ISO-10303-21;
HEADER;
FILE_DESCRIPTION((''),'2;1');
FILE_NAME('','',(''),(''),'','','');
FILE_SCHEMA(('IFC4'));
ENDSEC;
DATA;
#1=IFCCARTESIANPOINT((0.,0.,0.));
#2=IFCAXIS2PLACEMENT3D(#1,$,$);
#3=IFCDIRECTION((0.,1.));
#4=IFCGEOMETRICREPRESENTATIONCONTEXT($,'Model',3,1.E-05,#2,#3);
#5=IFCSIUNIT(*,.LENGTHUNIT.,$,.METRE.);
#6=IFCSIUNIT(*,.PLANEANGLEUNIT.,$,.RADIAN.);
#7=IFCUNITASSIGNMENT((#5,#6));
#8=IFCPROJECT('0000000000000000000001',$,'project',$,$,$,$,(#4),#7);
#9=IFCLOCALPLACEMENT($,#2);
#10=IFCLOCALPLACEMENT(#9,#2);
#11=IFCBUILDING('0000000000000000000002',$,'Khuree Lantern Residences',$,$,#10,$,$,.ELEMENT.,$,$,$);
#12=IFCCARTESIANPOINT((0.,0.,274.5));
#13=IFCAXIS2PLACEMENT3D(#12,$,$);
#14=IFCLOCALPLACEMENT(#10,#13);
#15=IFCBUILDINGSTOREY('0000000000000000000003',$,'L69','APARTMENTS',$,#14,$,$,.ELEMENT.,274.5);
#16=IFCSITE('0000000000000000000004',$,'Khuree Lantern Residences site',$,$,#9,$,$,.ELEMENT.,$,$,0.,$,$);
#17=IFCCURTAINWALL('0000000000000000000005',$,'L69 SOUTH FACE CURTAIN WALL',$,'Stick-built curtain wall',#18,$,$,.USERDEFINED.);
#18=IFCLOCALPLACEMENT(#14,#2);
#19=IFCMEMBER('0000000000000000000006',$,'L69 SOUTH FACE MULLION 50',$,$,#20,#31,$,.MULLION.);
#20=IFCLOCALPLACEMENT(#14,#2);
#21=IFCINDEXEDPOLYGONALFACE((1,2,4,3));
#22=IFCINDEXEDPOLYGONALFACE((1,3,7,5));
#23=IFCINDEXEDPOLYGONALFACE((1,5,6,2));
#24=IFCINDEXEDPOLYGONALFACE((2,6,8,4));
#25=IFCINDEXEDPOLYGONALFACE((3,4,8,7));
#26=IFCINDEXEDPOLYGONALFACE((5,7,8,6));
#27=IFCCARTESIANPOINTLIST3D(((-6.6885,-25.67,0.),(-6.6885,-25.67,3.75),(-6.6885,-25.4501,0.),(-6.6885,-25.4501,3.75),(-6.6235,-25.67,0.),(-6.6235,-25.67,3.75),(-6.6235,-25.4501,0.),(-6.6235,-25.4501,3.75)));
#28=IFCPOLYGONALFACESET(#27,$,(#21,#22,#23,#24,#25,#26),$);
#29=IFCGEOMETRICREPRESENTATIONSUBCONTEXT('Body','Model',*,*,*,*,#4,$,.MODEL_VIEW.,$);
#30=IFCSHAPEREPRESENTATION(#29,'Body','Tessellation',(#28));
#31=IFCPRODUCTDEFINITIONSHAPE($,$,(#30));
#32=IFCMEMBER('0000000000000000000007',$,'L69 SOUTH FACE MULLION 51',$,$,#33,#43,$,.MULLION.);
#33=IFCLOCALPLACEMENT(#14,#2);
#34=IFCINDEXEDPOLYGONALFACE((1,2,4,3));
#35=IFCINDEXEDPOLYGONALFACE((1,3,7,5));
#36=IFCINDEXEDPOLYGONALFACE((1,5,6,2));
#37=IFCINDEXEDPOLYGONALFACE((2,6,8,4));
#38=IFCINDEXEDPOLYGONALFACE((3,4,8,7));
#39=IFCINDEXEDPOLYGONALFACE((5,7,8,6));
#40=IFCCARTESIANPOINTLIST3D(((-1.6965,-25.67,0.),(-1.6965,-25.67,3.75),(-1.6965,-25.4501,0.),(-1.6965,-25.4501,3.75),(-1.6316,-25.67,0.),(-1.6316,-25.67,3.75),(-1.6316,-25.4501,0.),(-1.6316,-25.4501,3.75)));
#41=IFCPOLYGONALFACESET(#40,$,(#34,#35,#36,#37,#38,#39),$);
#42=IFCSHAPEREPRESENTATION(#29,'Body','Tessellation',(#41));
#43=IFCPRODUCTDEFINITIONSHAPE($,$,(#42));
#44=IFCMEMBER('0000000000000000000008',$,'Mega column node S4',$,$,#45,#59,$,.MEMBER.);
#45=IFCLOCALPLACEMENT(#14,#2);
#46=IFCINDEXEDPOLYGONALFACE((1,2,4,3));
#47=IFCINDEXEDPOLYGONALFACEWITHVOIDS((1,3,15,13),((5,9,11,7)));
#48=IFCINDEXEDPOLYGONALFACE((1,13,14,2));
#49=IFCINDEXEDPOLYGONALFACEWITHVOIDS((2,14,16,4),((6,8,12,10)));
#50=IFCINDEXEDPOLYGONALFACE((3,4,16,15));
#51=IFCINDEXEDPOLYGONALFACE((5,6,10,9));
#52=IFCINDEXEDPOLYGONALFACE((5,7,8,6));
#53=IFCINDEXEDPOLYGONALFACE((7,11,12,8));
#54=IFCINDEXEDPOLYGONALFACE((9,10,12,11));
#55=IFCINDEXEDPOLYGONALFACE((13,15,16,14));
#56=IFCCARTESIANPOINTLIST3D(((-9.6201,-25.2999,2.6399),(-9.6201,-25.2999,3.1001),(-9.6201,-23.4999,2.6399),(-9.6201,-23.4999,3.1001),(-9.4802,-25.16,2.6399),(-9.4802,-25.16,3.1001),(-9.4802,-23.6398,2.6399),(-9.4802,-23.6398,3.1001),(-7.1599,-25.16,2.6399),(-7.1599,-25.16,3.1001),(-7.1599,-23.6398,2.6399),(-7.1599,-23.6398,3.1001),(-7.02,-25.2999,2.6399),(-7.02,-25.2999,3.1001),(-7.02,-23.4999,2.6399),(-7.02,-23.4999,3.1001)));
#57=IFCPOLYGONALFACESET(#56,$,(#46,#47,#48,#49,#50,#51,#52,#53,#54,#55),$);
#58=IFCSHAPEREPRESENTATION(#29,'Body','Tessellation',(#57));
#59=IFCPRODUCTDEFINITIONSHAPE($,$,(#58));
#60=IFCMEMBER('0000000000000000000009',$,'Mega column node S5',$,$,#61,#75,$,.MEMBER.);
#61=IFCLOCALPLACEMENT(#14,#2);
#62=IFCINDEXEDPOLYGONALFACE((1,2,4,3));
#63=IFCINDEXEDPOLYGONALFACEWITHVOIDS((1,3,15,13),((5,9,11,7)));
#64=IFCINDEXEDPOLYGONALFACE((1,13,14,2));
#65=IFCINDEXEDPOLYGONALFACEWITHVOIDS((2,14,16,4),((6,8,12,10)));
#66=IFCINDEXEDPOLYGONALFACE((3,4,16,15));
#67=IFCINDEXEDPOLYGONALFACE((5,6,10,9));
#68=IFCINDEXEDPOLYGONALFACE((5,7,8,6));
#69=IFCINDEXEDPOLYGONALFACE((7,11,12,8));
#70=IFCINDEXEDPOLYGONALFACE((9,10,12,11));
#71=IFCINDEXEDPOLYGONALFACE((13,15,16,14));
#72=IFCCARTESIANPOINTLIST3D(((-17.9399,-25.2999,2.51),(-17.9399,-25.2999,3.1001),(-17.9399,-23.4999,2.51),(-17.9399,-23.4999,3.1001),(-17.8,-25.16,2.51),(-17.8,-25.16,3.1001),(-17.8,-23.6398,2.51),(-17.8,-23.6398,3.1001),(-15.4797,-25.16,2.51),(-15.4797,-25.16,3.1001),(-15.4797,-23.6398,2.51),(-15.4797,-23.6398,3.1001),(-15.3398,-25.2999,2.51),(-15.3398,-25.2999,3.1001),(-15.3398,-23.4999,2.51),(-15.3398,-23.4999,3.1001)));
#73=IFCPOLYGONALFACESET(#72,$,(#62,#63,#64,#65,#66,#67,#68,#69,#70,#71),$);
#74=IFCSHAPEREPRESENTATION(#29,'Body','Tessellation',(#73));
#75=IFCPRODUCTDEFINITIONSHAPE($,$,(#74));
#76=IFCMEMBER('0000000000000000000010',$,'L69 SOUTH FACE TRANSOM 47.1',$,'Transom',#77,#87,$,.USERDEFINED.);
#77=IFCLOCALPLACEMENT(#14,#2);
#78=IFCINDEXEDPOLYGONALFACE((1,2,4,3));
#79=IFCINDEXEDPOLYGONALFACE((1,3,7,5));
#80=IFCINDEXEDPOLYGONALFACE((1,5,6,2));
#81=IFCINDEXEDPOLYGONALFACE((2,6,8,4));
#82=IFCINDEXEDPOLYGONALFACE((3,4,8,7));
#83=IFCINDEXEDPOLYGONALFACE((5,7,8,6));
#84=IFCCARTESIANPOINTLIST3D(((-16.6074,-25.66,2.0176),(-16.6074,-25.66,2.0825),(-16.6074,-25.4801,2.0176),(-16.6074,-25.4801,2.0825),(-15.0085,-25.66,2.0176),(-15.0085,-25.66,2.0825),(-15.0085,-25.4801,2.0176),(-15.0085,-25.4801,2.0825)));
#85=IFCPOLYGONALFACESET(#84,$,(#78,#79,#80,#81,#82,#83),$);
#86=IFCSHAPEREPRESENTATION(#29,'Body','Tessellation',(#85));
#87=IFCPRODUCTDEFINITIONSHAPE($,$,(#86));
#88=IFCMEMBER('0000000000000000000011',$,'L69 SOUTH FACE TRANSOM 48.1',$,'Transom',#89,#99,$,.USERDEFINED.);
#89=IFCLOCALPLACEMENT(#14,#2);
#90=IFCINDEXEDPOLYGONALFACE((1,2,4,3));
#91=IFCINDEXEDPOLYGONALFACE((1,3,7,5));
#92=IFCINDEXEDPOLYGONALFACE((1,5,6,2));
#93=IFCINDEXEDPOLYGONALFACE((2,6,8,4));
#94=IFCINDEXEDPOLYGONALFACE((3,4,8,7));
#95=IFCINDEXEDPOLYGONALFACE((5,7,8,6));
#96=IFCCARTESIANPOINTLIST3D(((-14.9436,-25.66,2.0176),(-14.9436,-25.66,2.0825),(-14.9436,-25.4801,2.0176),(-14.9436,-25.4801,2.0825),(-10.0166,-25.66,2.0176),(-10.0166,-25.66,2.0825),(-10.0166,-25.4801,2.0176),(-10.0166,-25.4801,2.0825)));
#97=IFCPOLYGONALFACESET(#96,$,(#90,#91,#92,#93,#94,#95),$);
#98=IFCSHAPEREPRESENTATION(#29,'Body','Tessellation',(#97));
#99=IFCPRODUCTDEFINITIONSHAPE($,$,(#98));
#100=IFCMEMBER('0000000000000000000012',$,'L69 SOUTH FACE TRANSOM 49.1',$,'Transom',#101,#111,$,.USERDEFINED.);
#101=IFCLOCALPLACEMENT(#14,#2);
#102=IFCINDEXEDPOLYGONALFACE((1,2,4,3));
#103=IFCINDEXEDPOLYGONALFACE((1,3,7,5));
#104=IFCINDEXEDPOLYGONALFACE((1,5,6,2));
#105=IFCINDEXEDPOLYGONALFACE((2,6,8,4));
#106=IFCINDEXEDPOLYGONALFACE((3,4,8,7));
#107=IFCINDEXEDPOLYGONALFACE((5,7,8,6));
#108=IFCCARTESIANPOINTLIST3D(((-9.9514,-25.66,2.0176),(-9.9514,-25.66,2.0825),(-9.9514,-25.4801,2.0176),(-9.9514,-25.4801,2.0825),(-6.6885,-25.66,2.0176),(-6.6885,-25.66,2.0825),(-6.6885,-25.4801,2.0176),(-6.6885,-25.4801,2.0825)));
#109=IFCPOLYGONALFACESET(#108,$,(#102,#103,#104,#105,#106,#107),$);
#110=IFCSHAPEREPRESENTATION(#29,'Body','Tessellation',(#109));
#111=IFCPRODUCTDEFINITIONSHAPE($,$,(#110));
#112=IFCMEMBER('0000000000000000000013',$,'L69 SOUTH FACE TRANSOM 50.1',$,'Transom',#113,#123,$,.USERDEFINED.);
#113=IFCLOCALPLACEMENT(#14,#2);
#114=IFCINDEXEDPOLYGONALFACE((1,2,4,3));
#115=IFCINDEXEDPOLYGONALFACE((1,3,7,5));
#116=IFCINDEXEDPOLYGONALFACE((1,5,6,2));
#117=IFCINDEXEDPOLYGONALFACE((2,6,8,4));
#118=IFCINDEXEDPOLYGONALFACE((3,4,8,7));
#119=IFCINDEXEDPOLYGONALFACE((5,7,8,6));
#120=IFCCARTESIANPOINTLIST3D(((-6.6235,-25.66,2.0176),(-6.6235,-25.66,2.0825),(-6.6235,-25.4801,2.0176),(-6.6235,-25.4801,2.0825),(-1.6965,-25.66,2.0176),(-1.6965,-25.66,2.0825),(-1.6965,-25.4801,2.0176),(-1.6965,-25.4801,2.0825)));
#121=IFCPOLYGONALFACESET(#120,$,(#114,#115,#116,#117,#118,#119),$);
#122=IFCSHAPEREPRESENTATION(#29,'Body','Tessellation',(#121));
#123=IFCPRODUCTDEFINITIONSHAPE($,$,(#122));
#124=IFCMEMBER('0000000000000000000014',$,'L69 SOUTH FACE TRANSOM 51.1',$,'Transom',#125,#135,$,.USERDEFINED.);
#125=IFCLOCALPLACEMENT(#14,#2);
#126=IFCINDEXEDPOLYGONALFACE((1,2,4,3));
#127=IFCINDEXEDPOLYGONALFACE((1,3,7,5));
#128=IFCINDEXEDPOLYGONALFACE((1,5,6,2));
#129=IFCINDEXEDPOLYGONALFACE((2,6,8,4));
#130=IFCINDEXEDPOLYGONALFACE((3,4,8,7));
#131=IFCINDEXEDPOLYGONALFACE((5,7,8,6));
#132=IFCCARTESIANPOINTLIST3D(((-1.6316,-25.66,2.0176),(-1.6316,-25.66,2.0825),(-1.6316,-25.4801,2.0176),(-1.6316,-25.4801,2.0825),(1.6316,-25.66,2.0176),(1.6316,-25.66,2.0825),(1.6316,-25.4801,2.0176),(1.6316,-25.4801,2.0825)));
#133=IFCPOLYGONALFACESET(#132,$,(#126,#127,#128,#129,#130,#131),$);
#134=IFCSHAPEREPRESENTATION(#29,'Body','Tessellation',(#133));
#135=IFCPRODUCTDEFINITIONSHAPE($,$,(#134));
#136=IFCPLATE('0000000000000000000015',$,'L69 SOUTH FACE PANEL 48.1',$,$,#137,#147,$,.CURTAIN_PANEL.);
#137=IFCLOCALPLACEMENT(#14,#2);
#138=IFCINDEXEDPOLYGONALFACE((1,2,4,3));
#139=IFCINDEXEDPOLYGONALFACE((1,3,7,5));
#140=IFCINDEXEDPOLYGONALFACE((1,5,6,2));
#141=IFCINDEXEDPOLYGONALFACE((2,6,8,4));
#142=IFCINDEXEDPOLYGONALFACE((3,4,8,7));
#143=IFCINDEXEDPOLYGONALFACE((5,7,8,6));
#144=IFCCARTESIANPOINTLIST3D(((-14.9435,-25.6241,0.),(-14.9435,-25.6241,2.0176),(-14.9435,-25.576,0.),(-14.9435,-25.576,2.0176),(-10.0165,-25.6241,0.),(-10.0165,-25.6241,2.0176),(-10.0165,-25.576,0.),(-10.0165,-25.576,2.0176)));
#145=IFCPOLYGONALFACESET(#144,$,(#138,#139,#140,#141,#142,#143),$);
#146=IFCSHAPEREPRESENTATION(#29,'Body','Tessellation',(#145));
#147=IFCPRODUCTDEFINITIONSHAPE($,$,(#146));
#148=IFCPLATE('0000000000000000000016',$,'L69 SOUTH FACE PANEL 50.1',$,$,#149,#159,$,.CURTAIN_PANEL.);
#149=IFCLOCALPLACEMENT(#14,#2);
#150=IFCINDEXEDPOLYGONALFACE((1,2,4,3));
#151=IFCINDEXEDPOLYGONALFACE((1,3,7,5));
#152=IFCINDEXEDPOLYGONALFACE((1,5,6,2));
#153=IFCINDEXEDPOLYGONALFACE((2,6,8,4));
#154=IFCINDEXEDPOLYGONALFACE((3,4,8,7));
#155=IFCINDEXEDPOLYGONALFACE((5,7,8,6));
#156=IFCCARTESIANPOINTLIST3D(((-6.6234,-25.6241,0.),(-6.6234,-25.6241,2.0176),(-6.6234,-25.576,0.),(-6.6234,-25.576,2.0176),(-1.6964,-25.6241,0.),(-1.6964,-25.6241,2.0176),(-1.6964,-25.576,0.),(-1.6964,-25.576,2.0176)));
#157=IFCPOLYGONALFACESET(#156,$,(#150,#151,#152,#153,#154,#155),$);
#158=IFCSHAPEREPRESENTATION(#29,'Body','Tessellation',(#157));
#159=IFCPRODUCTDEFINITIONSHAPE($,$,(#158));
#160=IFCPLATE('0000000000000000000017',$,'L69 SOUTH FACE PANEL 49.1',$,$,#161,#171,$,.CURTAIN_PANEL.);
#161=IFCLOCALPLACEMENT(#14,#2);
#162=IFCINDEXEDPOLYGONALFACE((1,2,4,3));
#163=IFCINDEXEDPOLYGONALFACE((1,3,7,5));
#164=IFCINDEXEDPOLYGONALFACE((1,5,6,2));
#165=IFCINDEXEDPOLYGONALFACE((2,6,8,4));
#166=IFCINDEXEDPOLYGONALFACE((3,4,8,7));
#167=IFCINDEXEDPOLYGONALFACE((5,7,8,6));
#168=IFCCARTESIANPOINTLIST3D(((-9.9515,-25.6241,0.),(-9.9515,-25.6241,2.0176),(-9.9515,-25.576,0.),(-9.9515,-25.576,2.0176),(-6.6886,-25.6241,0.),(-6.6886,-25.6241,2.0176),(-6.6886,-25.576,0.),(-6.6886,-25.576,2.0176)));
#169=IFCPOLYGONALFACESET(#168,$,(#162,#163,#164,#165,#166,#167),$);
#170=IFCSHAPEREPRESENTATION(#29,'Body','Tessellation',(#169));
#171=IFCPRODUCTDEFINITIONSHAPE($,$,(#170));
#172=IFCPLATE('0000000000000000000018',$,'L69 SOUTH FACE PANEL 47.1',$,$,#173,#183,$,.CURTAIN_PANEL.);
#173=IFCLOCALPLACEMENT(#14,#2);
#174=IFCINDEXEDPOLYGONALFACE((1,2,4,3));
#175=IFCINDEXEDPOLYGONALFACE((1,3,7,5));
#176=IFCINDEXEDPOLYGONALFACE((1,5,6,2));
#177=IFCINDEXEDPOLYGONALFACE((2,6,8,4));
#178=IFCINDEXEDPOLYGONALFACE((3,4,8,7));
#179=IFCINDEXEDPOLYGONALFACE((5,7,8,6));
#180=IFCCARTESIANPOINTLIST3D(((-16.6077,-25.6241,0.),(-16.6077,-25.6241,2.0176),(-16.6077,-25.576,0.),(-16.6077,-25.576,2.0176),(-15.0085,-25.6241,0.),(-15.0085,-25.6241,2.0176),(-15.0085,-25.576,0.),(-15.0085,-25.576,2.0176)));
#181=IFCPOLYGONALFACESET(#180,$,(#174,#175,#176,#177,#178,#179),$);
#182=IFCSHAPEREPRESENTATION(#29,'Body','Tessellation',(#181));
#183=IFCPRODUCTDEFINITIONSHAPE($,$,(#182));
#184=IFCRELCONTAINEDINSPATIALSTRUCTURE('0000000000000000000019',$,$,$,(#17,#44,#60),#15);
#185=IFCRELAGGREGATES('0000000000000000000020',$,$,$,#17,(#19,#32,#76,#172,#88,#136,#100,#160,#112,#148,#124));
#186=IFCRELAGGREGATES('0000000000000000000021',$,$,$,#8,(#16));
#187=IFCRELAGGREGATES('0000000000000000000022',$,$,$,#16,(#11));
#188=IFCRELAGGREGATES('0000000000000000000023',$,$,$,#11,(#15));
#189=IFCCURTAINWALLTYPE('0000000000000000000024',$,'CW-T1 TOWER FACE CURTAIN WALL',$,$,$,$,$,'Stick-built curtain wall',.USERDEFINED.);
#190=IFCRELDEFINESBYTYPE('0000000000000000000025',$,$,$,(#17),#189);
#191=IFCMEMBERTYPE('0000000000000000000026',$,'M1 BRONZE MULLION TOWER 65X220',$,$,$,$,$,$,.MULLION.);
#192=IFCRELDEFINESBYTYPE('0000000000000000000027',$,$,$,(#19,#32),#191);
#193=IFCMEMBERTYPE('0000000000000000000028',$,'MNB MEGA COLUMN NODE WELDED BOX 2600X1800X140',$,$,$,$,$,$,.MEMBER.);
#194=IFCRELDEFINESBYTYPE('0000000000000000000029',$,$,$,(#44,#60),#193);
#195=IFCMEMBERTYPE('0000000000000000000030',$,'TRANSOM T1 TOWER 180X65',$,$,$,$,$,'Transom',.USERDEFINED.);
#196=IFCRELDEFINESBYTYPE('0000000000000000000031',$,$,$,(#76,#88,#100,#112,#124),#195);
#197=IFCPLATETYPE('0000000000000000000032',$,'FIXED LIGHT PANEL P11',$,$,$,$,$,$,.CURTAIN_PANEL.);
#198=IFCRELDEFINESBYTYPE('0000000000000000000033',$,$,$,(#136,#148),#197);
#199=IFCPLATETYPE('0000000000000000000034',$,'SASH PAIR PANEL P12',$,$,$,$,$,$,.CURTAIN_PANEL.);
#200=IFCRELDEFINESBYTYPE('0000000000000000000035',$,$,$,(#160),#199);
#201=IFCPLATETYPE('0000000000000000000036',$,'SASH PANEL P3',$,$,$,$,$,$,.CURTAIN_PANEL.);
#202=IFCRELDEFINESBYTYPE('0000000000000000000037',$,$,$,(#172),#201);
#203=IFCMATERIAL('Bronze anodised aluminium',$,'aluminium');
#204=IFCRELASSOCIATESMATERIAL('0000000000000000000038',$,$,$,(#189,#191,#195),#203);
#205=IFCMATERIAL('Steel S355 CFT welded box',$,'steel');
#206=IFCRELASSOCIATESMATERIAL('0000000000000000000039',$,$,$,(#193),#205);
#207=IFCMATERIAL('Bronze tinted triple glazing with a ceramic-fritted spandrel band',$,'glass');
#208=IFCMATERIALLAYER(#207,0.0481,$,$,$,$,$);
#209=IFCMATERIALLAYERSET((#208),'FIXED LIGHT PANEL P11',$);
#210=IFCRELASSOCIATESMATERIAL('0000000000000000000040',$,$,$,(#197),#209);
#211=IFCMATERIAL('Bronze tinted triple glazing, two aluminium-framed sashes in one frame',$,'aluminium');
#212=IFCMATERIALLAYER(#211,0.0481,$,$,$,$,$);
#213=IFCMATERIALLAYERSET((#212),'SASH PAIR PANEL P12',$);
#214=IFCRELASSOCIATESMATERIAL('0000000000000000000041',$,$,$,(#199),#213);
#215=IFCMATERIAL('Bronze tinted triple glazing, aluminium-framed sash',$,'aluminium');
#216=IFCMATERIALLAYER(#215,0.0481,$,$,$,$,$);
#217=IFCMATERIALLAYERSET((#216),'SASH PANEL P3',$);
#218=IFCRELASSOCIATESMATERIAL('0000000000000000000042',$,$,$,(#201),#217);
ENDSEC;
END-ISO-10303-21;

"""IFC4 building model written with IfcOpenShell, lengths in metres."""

from ifc_helpers import new_model, si_unit, direction, frame, origin, origin_2d, place, context, subcontext, project, spatial, rectangle, hollow_rectangle, extrude, material, layer, layer_set, material_profile, profile_set, type_object, element, aggregate, save


model = new_model("IFC4")

# Units and contexts
model_context = context("Model", 3, precision=1e-05, world=origin(), true_north=direction((0.0, 1.0)))
body_context = subcontext(model_context, "Body", "Model", "MODEL_VIEW")
ifc_project = project(units=[si_unit("LENGTHUNIT", "METRE"), si_unit("PLANEANGLEUNIT", "RADIAN")], contexts=[model_context])

# Site, building, storey
site_placement = place(None, origin())
site = spatial("IfcSite", under=ifc_project, at=site_placement, Name="Khuree Lantern Residences site", CompositionType="ELEMENT", RefElevation=0.0)
building_placement = place(site_placement, origin())
building = spatial("IfcBuilding", under=site, at=building_placement, Name="Khuree Lantern Residences", CompositionType="ELEMENT")
storey_placement = place(building_placement, frame((0.0, 0.0, 274.5)))
storey = spatial("IfcBuildingStorey", under=building, at=storey_placement, Name="L69", Description="APARTMENTS", CompositionType="ELEMENT", Elevation=274.5)

# Shared definitions
ifc_material_1 = material(Name="Steel S355 CFT welded box", Category="steel")

# Curtain wall
ifc_material_2 = material(Name="Bronze anodised aluminium", Category="aluminium")
curtain_wall_type = type_object("IfcCurtainWallType", Name="CW-T1 TOWER FACE CURTAIN WALL", ElementType="Stick-built curtain wall", PredefinedType="USERDEFINED", material=ifc_material_2)
curtain_wall_placement = place(storey_placement, origin())
curtain_wall = element("IfcCurtainWall", 1, at=curtain_wall_placement, inside=storey, type_object=curtain_wall_type, Name="L69 SOUTH FACE CURTAIN WALL", ObjectType="Stick-built curtain wall", PredefinedType="USERDEFINED")

# Members
ifc_material_profile_1 = material_profile(ifc_material_2, rectangle(XDim=0.0649, YDim=0.22, at=origin_2d()), Name="M1 65X220")
ifc_profile_set_1 = profile_set([ifc_material_profile_1], Name="Bronze anodised aluminium")
member_type_1 = type_object("IfcMemberType", Name="M1 BRONZE MULLION TOWER 65X220", PredefinedType="MULLION", material=ifc_profile_set_1)
member_1_placement = place(storey_placement, frame((-6.656, -25.5601, 0.0), z_axis=(0.0, 0.0, 1.0), x_axis=(1.0, 0.0, 0.0)))
member_1 = element("IfcMember", 2, at=member_1_placement, type_object=member_type_1, Name="L69 SOUTH FACE MULLION 50", PredefinedType="MULLION", context=body_context, shape_type="SweptSolid", body=[
    extrude(rectangle(XDim=0.0649, YDim=0.22, at=origin_2d()), origin(), (0.0, 0.0, 1.0), 3.75),
])
member_2_placement = place(storey_placement, frame((-1.6641, -25.5601, 0.0), z_axis=(0.0, 0.0, 1.0), x_axis=(1.0, 0.0, 0.0)))
member_2 = element("IfcMember", 3, at=member_2_placement, type_object=member_type_1, Name="L69 SOUTH FACE MULLION 51", PredefinedType="MULLION", context=body_context, shape_type="SweptSolid", body=[
    extrude(rectangle(XDim=0.0649, YDim=0.22, at=origin_2d()), origin(), (0.0, 0.0, 1.0), 3.75),
])

# Members
ifc_material_profile_2 = material_profile(ifc_material_1, hollow_rectangle(XDim=2.6001, YDim=1.8, WallThickness=0.1399, at=origin_2d()), Name="WELDED BOX 2600X1800X140")
ifc_profile_set_2 = profile_set([ifc_material_profile_2], Name="Steel S355 CFT welded box")
member_type_2 = type_object("IfcMemberType", Name="MNB MEGA COLUMN NODE WELDED BOX 2600X1800X140", PredefinedType="MEMBER", material=ifc_profile_set_2)
member_3_placement = place(storey_placement, frame((-8.3201, -24.3999, 2.6399), z_axis=(0.0, 0.0, 1.0), x_axis=(1.0, 0.0, 0.0)))
element("IfcMember", 4, at=member_3_placement, inside=storey, type_object=member_type_2, Name="Mega column node S4", PredefinedType="MEMBER", context=body_context, shape_type="SweptSolid", body=[
    extrude(hollow_rectangle(XDim=2.6001, YDim=1.8, WallThickness=0.1399, at=origin_2d()), origin(), (0.0, 0.0, 1.0), 0.4602),
])
member_4_placement = place(storey_placement, frame((-16.6399, -24.3999, 2.51), z_axis=(0.0, 0.0, 1.0), x_axis=(1.0, 0.0, 0.0)))
element("IfcMember", 5, at=member_4_placement, inside=storey, type_object=member_type_2, Name="Mega column node S5", PredefinedType="MEMBER", context=body_context, shape_type="SweptSolid", body=[
    extrude(hollow_rectangle(XDim=2.6001, YDim=1.8, WallThickness=0.1399, at=origin_2d()), origin(), (0.0, 0.0, 1.0), 0.5901),
])

# Members
ifc_material_profile_3 = material_profile(ifc_material_2, rectangle(XDim=0.1799, YDim=0.0649, at=origin_2d()), Name="T1 180X65")
ifc_profile_set_3 = profile_set([ifc_material_profile_3], Name="Bronze anodised aluminium")
member_type_3 = type_object("IfcMemberType", Name="TRANSOM T1 TOWER 180X65", ElementType="Transom", PredefinedType="USERDEFINED", material=ifc_profile_set_3)
member_5_placement = place(storey_placement, frame((-16.6074, -25.5701, 2.05), z_axis=(1.0, 0.0, 0.0), x_axis=(0.0, 1.0, 0.0)))
member_5 = element("IfcMember", 6, at=member_5_placement, type_object=member_type_3, Name="L69 SOUTH FACE TRANSOM 47.1", ObjectType="Transom", PredefinedType="USERDEFINED", context=body_context, shape_type="SweptSolid", body=[
    extrude(rectangle(XDim=0.1799, YDim=0.0649, at=origin_2d()), origin(), (0.0, 0.0, 1.0), 1.5989),
])
member_6_placement = place(storey_placement, frame((-14.9436, -25.5701, 2.05), z_axis=(1.0, 0.0, 0.0), x_axis=(0.0, 1.0, 0.0)))
member_6 = element("IfcMember", 7, at=member_6_placement, type_object=member_type_3, Name="L69 SOUTH FACE TRANSOM 48.1", ObjectType="Transom", PredefinedType="USERDEFINED", context=body_context, shape_type="SweptSolid", body=[
    extrude(rectangle(XDim=0.1799, YDim=0.0649, at=origin_2d()), origin(), (0.0, 0.0, 1.0), 4.927),
])
member_7_placement = place(storey_placement, frame((-9.9514, -25.5701, 2.05), z_axis=(1.0, 0.0, 0.0), x_axis=(0.0, 1.0, 0.0)))
member_7 = element("IfcMember", 8, at=member_7_placement, type_object=member_type_3, Name="L69 SOUTH FACE TRANSOM 49.1", ObjectType="Transom", PredefinedType="USERDEFINED", context=body_context, shape_type="SweptSolid", body=[
    extrude(rectangle(XDim=0.1799, YDim=0.0649, at=origin_2d()), origin(), (0.0, 0.0, 1.0), 3.2629),
])
member_8_placement = place(storey_placement, frame((-6.6235, -25.5701, 2.05), z_axis=(1.0, 0.0, 0.0), x_axis=(0.0, 1.0, 0.0)))
member_8 = element("IfcMember", 9, at=member_8_placement, type_object=member_type_3, Name="L69 SOUTH FACE TRANSOM 50.1", ObjectType="Transom", PredefinedType="USERDEFINED", context=body_context, shape_type="SweptSolid", body=[
    extrude(rectangle(XDim=0.1799, YDim=0.0649, at=origin_2d()), origin(), (0.0, 0.0, 1.0), 4.927),
])
member_9_placement = place(storey_placement, frame((-1.6316, -25.5701, 2.05), z_axis=(1.0, 0.0, 0.0), x_axis=(0.0, 1.0, 0.0)))
member_9 = element("IfcMember", 10, at=member_9_placement, type_object=member_type_3, Name="L69 SOUTH FACE TRANSOM 51.1", ObjectType="Transom", PredefinedType="USERDEFINED", context=body_context, shape_type="SweptSolid", body=[
    extrude(rectangle(XDim=0.1799, YDim=0.0649, at=origin_2d()), origin(), (0.0, 0.0, 1.0), 3.2632),
])

# Plates
ifc_material_3 = material(Name="Bronze tinted triple glazing with a ceramic-fritted spandrel band", Category="glass")
ifc_layer_1 = layer(ifc_material_3, 0.0481)
ifc_layer_set_1 = layer_set([ifc_layer_1], Name="FIXED LIGHT PANEL P11")
plate_type_1 = type_object("IfcPlateType", Name="FIXED LIGHT PANEL P11", PredefinedType="CURTAIN_PANEL", material=ifc_layer_set_1)
plate_1_placement = place(storey_placement, frame((-12.48, -25.6001, 0.0), z_axis=(0.0, 0.0, 1.0), x_axis=(1.0, 0.0, 0.0)))
plate_1 = element("IfcPlate", 11, at=plate_1_placement, type_object=plate_type_1, Name="L69 SOUTH FACE PANEL 48.1", PredefinedType="CURTAIN_PANEL", context=body_context, shape_type="SweptSolid", body=[
    extrude(rectangle(XDim=4.927, YDim=0.0481, at=origin_2d()), origin(), (0.0, 0.0, 1.0), 2.0176),
])
plate_2_placement = place(storey_placement, frame((-4.1599, -25.6001, 0.0), z_axis=(0.0, 0.0, 1.0), x_axis=(1.0, 0.0, 0.0)))
plate_2 = element("IfcPlate", 12, at=plate_2_placement, type_object=plate_type_1, Name="L69 SOUTH FACE PANEL 50.1", PredefinedType="CURTAIN_PANEL", context=body_context, shape_type="SweptSolid", body=[
    extrude(rectangle(XDim=4.927, YDim=0.0481, at=origin_2d()), origin(), (0.0, 0.0, 1.0), 2.0176),
])
ifc_material_4 = material(Name="Bronze tinted triple glazing, two aluminium-framed sashes in one frame", Category="aluminium")
ifc_layer_2 = layer(ifc_material_4, 0.0481)
ifc_layer_set_2 = layer_set([ifc_layer_2], Name="SASH PAIR PANEL P12")
plate_type_2 = type_object("IfcPlateType", Name="SASH PAIR PANEL P12", PredefinedType="CURTAIN_PANEL", material=ifc_layer_set_2)
plate_3_placement = place(storey_placement, frame((-8.3201, -25.6001, 0.0), z_axis=(0.0, 0.0, 1.0), x_axis=(1.0, 0.0, 0.0)))
plate_3 = element("IfcPlate", 13, at=plate_3_placement, type_object=plate_type_2, Name="L69 SOUTH FACE PANEL 49.1", PredefinedType="CURTAIN_PANEL", context=body_context, shape_type="SweptSolid", body=[
    extrude(rectangle(XDim=3.2629, YDim=0.0481, at=origin_2d()), origin(), (0.0, 0.0, 1.0), 2.0176),
])
ifc_material_5 = material(Name="Bronze tinted triple glazing, aluminium-framed sash", Category="aluminium")
ifc_layer_3 = layer(ifc_material_5, 0.0481)
ifc_layer_set_3 = layer_set([ifc_layer_3], Name="SASH PANEL P3")
plate_type_3 = type_object("IfcPlateType", Name="SASH PANEL P3", PredefinedType="CURTAIN_PANEL", material=ifc_layer_set_3)
plate_4_placement = place(storey_placement, frame((-15.8081, -25.6001, 0.0), z_axis=(0.0, 0.0, 1.0), x_axis=(1.0, 0.0, 0.0)))
plate_4 = element("IfcPlate", 14, at=plate_4_placement, type_object=plate_type_3, Name="L69 SOUTH FACE PANEL 47.1", PredefinedType="CURTAIN_PANEL", context=body_context, shape_type="SweptSolid", body=[
    extrude(rectangle(XDim=1.5991, YDim=0.0481, at=origin_2d()), origin(), (0.0, 0.0, 1.0), 2.0176),
])
aggregate(curtain_wall, [member_1, member_2, member_5, plate_4, member_6, plate_1, member_7, plate_3, member_8, plate_2, member_9])

save(model, "model.ifc")
